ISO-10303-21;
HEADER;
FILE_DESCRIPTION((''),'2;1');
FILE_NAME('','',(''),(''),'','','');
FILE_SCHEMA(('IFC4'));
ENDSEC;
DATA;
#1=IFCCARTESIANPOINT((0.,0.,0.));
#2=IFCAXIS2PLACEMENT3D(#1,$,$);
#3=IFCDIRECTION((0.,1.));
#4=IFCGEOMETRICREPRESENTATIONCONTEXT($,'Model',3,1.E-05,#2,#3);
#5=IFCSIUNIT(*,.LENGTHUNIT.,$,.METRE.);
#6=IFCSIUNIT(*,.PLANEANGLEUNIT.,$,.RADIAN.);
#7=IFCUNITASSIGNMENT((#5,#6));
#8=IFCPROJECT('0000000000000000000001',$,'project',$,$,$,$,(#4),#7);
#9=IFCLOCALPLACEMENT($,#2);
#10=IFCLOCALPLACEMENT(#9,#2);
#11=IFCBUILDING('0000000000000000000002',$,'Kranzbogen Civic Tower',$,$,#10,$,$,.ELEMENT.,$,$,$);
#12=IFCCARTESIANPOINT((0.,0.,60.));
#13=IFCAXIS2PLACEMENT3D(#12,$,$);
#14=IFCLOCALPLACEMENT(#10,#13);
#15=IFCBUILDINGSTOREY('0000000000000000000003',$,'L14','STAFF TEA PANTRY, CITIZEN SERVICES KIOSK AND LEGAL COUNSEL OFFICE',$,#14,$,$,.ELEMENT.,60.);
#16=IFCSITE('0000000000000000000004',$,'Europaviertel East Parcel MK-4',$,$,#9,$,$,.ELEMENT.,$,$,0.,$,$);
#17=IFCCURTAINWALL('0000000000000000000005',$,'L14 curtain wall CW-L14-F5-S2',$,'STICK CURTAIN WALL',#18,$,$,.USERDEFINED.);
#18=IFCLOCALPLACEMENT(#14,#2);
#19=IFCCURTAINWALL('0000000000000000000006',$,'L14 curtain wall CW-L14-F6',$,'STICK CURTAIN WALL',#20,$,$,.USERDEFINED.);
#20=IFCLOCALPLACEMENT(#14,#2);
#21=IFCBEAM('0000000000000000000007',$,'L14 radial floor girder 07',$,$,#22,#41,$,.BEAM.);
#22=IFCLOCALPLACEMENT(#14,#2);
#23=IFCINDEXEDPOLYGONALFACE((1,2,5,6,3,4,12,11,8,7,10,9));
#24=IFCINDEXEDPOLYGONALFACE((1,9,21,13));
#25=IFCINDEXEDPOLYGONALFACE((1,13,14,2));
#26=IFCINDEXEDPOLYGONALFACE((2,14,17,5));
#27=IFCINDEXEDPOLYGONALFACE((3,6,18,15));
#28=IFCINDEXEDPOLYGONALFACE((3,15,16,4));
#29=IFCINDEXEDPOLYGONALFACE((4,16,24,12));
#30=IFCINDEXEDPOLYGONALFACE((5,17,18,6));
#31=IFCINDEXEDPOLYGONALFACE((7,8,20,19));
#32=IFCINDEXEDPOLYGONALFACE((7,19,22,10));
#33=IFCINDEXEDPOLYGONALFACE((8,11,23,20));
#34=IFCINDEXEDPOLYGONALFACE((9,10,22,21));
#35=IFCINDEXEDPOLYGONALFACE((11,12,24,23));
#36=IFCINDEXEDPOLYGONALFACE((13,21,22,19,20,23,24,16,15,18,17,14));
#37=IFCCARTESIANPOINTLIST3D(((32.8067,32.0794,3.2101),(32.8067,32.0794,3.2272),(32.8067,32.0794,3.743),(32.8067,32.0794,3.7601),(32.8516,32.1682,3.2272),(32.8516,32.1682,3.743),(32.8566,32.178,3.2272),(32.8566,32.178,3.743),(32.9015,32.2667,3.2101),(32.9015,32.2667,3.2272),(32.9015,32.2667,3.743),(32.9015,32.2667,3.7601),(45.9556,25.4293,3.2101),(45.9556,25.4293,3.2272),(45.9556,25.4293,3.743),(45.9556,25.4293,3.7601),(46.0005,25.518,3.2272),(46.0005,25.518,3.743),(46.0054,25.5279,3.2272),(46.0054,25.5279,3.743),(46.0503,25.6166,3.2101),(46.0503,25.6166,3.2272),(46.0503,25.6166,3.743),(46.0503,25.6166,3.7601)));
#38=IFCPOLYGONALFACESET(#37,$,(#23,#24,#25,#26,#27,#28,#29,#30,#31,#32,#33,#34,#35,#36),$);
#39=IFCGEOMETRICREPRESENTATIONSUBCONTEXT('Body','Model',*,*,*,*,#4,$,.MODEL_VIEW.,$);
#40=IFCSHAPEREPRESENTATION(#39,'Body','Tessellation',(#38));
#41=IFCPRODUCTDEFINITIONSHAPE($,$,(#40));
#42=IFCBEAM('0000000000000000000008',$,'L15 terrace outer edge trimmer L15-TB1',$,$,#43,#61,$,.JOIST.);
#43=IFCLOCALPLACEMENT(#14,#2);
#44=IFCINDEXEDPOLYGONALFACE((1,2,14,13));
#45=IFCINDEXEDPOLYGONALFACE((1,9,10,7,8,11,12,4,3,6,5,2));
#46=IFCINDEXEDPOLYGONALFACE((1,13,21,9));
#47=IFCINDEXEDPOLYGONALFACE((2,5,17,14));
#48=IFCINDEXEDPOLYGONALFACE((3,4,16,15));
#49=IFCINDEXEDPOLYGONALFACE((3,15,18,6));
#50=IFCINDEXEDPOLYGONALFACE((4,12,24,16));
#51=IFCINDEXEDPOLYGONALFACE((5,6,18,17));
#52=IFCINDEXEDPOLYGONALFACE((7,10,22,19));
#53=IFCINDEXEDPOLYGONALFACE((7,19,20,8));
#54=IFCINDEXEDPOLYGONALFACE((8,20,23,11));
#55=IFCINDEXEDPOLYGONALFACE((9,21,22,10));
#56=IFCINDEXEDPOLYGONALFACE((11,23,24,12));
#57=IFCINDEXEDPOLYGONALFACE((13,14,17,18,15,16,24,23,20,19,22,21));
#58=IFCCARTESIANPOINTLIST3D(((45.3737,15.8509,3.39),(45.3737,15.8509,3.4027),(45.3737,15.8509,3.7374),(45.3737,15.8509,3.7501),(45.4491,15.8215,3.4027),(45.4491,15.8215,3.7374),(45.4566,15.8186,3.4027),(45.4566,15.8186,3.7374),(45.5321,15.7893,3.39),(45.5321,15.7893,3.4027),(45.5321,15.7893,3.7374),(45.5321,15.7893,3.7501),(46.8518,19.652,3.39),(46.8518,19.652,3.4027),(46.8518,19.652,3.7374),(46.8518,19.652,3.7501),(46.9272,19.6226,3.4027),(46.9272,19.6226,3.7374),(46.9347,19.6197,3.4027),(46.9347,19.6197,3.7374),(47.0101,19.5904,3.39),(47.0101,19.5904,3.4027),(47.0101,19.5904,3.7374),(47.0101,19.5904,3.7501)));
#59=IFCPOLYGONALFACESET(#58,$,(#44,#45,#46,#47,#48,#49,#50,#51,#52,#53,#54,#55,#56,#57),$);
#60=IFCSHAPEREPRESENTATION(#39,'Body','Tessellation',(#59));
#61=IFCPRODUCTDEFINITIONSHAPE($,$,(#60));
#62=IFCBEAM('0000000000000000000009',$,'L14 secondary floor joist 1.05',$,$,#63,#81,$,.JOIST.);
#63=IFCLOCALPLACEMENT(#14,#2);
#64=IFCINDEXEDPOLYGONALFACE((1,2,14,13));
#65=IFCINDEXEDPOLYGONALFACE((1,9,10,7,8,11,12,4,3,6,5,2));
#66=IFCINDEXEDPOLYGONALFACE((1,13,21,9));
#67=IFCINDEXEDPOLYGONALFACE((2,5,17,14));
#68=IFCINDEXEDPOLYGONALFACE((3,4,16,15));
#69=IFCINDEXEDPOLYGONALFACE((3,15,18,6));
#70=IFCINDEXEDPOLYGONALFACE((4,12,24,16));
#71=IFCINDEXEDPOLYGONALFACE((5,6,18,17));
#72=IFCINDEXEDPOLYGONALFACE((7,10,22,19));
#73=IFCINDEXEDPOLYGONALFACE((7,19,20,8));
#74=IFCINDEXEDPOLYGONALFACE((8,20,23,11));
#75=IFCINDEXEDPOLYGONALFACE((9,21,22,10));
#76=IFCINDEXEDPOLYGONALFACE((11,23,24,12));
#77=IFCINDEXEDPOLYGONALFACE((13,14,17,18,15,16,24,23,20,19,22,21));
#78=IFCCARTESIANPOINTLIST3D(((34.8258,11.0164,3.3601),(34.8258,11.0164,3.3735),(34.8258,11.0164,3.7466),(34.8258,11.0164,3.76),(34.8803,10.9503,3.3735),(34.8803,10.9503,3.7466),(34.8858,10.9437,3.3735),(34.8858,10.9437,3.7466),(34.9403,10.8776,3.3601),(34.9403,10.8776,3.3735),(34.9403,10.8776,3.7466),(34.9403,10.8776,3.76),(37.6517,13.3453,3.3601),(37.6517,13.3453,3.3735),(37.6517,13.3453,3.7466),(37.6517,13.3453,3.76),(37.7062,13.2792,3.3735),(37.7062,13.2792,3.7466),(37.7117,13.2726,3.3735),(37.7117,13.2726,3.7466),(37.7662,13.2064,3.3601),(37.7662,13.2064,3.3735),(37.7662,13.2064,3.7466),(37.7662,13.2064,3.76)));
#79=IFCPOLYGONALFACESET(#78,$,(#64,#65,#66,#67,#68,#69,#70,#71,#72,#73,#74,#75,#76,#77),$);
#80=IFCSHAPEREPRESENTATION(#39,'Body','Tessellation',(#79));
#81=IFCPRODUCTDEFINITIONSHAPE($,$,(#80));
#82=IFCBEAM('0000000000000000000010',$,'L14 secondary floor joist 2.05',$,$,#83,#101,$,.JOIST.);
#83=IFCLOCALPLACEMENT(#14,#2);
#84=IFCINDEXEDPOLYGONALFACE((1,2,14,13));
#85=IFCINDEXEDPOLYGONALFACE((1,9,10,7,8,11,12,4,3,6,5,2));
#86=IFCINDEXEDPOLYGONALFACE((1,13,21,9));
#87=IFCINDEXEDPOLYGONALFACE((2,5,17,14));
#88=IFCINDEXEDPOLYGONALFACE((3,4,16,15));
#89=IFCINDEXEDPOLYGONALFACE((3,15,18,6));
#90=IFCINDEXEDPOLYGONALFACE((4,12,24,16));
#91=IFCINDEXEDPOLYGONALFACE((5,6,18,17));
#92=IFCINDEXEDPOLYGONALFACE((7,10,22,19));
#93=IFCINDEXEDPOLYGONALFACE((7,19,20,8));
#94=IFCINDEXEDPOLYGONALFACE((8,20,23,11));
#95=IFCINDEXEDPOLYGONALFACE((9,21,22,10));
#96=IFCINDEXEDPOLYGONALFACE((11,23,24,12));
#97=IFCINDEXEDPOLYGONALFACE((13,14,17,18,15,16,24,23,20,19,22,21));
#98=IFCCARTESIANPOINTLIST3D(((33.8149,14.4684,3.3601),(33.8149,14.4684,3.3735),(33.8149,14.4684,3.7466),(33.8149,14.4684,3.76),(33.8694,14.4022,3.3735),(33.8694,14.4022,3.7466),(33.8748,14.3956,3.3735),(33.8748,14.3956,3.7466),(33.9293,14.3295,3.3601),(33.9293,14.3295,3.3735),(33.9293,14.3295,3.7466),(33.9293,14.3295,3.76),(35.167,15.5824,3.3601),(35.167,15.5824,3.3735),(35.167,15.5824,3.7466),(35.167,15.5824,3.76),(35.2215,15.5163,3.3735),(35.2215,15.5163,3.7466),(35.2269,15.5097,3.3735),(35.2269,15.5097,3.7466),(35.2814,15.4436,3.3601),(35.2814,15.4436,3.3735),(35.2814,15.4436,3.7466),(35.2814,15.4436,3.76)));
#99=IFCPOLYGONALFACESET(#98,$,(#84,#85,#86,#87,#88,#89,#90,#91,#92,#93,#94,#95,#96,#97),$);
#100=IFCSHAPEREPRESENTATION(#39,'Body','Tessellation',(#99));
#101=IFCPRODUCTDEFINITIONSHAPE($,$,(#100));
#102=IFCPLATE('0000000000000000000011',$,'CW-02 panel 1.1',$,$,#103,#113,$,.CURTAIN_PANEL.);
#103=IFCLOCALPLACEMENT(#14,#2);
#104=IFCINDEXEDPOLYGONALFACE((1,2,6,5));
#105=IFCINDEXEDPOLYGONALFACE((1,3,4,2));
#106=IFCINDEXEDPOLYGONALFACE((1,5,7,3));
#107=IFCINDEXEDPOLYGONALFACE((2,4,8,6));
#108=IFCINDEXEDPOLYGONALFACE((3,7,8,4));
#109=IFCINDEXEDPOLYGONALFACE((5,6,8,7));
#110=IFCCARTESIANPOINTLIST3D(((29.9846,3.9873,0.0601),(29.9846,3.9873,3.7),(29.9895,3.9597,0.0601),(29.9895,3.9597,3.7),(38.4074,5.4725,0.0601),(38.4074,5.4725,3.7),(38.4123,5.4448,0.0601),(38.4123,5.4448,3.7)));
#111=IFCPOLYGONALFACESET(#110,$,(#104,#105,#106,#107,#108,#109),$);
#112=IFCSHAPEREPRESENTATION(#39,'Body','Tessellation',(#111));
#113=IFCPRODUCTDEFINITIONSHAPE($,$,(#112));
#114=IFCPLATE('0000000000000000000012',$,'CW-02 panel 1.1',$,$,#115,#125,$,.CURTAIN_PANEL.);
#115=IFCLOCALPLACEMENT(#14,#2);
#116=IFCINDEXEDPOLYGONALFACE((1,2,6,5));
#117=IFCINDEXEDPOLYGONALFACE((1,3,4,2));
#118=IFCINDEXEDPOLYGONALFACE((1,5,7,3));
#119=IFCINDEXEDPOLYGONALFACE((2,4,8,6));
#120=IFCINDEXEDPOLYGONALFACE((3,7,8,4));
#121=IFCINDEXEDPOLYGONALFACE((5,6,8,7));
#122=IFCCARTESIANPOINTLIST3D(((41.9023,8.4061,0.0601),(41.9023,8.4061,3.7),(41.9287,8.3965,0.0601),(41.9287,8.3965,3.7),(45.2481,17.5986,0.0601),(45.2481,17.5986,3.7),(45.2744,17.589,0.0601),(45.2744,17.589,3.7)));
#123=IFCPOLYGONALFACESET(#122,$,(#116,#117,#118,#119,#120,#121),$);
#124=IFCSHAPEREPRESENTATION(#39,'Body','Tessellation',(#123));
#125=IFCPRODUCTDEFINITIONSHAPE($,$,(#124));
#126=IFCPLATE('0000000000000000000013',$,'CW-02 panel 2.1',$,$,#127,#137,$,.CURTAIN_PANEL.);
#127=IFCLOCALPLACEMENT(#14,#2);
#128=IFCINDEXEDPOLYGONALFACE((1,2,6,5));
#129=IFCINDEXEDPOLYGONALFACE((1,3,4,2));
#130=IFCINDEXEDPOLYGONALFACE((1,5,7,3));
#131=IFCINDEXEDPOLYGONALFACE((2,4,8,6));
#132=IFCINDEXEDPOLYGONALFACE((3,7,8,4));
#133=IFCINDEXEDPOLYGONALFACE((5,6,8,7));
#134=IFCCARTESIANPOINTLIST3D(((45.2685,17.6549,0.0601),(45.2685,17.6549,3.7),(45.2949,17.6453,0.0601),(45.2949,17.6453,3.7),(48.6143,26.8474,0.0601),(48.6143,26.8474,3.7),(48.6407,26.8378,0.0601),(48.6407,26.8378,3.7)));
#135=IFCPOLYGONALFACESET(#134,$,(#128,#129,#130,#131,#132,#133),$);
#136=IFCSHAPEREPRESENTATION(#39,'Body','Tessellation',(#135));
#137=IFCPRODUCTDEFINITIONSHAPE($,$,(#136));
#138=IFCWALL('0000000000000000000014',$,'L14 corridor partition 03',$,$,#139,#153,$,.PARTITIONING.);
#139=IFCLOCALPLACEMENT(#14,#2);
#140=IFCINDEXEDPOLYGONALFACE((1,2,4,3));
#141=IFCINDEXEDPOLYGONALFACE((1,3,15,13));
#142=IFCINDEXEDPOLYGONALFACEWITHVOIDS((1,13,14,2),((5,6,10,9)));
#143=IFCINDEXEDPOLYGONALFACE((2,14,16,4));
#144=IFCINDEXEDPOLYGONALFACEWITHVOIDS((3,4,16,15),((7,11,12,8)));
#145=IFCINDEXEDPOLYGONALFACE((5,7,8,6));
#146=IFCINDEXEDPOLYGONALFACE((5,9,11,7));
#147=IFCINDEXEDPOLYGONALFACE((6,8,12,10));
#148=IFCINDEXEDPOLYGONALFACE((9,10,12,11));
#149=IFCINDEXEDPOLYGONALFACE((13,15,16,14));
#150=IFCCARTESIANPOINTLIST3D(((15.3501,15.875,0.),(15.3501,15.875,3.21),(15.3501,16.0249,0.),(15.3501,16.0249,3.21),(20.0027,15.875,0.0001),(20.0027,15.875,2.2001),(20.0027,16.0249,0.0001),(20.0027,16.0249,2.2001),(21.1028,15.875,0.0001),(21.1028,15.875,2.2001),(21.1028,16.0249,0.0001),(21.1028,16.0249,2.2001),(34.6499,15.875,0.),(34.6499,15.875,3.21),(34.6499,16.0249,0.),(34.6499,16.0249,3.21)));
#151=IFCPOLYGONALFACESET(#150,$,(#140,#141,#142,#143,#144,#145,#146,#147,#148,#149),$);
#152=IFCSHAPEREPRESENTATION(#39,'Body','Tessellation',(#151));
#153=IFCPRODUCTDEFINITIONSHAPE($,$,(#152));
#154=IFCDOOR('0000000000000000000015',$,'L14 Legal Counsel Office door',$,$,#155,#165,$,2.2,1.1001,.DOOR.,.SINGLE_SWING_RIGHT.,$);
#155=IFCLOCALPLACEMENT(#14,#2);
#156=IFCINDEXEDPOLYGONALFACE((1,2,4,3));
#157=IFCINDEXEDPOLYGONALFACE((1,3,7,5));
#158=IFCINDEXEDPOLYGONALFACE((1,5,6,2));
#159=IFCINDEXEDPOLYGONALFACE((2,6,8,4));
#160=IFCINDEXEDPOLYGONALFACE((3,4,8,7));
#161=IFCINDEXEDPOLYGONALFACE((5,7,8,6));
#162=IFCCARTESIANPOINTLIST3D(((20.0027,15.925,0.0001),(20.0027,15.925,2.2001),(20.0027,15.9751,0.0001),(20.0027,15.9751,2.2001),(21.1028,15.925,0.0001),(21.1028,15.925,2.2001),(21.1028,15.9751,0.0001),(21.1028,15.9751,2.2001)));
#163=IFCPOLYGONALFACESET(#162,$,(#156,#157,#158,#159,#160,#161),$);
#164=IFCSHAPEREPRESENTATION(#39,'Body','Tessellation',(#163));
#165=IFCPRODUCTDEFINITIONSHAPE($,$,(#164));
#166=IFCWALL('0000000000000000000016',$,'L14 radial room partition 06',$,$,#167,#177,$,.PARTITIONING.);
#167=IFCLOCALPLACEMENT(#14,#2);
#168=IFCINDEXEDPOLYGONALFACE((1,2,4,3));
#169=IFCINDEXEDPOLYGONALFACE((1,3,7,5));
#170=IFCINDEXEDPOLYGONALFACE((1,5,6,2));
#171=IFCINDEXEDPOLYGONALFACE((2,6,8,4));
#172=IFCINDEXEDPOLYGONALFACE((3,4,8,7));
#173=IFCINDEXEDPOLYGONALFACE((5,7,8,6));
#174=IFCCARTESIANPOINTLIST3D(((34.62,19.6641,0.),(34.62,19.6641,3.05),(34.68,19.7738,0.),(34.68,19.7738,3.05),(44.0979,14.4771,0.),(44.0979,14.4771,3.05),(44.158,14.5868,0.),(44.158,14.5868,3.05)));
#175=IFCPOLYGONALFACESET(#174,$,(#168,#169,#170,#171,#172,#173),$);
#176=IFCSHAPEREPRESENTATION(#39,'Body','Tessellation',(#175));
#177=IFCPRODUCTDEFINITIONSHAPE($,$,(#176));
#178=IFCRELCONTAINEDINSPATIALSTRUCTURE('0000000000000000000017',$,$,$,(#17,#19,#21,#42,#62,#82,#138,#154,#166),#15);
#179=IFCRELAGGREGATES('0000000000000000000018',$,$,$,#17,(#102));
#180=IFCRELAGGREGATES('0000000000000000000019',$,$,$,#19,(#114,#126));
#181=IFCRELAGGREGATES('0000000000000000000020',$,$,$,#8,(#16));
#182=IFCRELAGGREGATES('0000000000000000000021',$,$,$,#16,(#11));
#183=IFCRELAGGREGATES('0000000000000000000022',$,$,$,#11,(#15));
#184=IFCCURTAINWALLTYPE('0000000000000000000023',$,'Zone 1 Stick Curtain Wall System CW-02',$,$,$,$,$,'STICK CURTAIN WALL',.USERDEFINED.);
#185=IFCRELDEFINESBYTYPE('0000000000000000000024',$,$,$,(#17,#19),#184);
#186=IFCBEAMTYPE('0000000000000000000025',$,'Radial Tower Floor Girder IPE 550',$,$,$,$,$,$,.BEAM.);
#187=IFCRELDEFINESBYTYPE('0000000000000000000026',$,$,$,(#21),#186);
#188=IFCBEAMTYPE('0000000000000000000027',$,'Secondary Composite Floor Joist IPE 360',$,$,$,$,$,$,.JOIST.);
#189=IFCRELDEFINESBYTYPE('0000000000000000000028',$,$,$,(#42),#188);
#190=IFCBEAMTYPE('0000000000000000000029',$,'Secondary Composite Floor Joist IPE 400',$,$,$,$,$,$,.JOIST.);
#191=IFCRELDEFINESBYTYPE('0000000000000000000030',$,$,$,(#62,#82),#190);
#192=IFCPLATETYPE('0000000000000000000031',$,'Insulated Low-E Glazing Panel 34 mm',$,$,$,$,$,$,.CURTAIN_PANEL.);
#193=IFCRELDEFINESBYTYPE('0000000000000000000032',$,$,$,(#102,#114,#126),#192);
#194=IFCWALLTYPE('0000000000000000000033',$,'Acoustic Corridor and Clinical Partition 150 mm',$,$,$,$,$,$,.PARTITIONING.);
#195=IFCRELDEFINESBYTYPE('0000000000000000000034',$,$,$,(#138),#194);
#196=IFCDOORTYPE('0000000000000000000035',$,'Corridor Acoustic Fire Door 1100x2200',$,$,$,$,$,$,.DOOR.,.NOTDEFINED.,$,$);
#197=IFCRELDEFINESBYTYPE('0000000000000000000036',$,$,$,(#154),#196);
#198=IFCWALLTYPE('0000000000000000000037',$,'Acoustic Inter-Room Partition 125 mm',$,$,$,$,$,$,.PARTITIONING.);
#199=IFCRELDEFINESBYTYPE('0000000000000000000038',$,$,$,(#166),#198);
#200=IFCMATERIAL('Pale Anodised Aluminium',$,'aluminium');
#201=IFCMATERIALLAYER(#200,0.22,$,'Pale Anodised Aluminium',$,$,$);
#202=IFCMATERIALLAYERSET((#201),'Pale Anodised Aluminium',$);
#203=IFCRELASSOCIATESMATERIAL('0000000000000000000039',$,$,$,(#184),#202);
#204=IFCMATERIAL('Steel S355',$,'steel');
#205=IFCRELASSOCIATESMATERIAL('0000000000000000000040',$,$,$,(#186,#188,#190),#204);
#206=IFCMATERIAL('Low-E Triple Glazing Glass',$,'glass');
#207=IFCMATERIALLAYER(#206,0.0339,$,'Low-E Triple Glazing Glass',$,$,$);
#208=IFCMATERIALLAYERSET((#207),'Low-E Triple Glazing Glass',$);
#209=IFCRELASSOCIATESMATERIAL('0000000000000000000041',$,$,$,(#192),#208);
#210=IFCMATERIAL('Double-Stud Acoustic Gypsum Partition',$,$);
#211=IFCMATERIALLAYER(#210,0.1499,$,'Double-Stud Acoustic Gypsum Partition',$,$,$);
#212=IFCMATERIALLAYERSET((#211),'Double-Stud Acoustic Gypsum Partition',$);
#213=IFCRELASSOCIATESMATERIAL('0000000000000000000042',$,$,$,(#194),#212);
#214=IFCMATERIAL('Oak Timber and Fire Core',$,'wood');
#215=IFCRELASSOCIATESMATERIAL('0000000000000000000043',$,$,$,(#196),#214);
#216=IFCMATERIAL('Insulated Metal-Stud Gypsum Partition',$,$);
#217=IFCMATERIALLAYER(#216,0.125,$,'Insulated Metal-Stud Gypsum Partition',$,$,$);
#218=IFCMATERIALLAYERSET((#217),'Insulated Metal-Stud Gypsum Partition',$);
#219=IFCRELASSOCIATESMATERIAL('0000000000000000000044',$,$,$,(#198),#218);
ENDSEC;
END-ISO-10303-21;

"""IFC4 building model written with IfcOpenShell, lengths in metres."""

from ifc_helpers import new_model, si_unit, direction, frame, frame_2d, origin, origin_2d, place, context, subcontext, project, spatial, rectangle, i_section, extrude, material, layer, layer_set, material_profile, profile_set, type_object, element, fill, aggregate, save


model = new_model("IFC4")

# Units and contexts
model_context = context("Model", 3, precision=1e-05, world=origin(), true_north=direction((0.0, 1.0)))
body_context = subcontext(model_context, "Body", "Model", "MODEL_VIEW")
ifc_project = project(units=[si_unit("LENGTHUNIT", "METRE"), si_unit("PLANEANGLEUNIT", "RADIAN")], contexts=[model_context])

# Site, building, storey
site_placement = place(None, origin())
site = spatial("IfcSite", under=ifc_project, at=site_placement, Name="Europaviertel East Parcel MK-4", CompositionType="ELEMENT", RefElevation=0.0)
building_placement = place(site_placement, origin())
building = spatial("IfcBuilding", under=site, at=building_placement, Name="Kranzbogen Civic Tower", CompositionType="ELEMENT")
storey_placement = place(building_placement, frame((0.0, 0.0, 60.0)))
storey = spatial("IfcBuildingStorey", under=building, at=storey_placement, Name="L14", Description="STAFF TEA PANTRY, CITIZEN SERVICES KIOSK AND LEGAL COUNSEL OFFICE", CompositionType="ELEMENT", Elevation=60.0)

# Shared definitions
ifc_material_1 = material(Name="Steel S355", Category="steel")

# Curtain wall
ifc_material_2 = material(Name="Pale Anodised Aluminium", Category="aluminium")
ifc_layer_1 = layer(ifc_material_2, 0.22, Name="Pale Anodised Aluminium")
ifc_layer_set_1 = layer_set([ifc_layer_1], Name="Pale Anodised Aluminium")
curtain_wall_type = type_object("IfcCurtainWallType", Name="Zone 1 Stick Curtain Wall System CW-02", ElementType="STICK CURTAIN WALL", PredefinedType="USERDEFINED", material=ifc_layer_set_1)
curtain_wall_1_placement = place(storey_placement, origin())
curtain_wall_1 = element("IfcCurtainWall", 1, at=curtain_wall_1_placement, inside=storey, type_object=curtain_wall_type, Name="L14 curtain wall CW-L14-F5-S2", ObjectType="STICK CURTAIN WALL", PredefinedType="USERDEFINED")

# Curtain wall
curtain_wall_2_placement = place(storey_placement, origin())
curtain_wall_2 = element("IfcCurtainWall", 2, at=curtain_wall_2_placement, inside=storey, type_object=curtain_wall_type, Name="L14 curtain wall CW-L14-F6", ObjectType="STICK CURTAIN WALL", PredefinedType="USERDEFINED")

# Beams
ifc_material_profile_1 = material_profile(ifc_material_1, i_section(OverallWidth=0.21, OverallDepth=0.55, WebThickness=0.011, FlangeThickness=0.0171, at=origin_2d()), Name="IPE 550")
ifc_profile_set_1 = profile_set([ifc_material_profile_1], Name="Steel S355")
beam_type_1 = type_object("IfcBeamType", Name="Radial Tower Floor Girder IPE 550", PredefinedType="BEAM", material=ifc_profile_set_1)
beam_1_placement = place(storey_placement, frame((46.0029, 25.5229, 3.4851), z_axis=(-0.892363, 0.451318, 0.0), x_axis=(-0.451318, -0.892363, 0.0)))
element("IfcBeam", 3, at=beam_1_placement, inside=storey, type_object=beam_type_1, Name="L14 radial floor girder 07", PredefinedType="BEAM", context=body_context, shape_type="SweptSolid", body=[
    extrude(i_section(OverallWidth=0.21, OverallDepth=0.55, WebThickness=0.011, FlangeThickness=0.0171, at=origin_2d()), origin(), (0.0, 0.0, 1.0), 14.7349),
])
ifc_material_profile_2 = material_profile(ifc_material_1, i_section(OverallWidth=0.1699, OverallDepth=0.3601, WebThickness=0.0081, FlangeThickness=0.0127, at=origin_2d()), Name="IPE 360")
ifc_profile_set_2 = profile_set([ifc_material_profile_2], Name="Steel S355")
beam_type_2 = type_object("IfcBeamType", Name="Secondary Composite Floor Joist IPE 360", PredefinedType="JOIST", material=ifc_profile_set_2)
beam_2_placement = place(storey_placement, frame((45.4529, 15.8201, 3.5701), z_axis=(0.362414, 0.932017, 0.0), x_axis=(-0.932017, 0.362414, 0.0)))
element("IfcBeam", 4, at=beam_2_placement, inside=storey, type_object=beam_type_2, Name="L15 terrace outer edge trimmer L15-TB1", PredefinedType="JOIST", context=body_context, shape_type="SweptSolid", body=[
    extrude(i_section(OverallWidth=0.1699, OverallDepth=0.3601, WebThickness=0.0081, FlangeThickness=0.0127, at=origin_2d()), origin(), (0.0, 0.0, 1.0), 4.0784),
])
ifc_material_profile_3 = material_profile(ifc_material_1, i_section(OverallWidth=0.1799, OverallDepth=0.3999, WebThickness=0.0085, FlangeThickness=0.0134, at=origin_2d()), Name="IPE 400")
ifc_profile_set_3 = profile_set([ifc_material_profile_3], Name="Steel S355")
beam_type_3 = type_object("IfcBeamType", Name="Secondary Composite Floor Joist IPE 400", PredefinedType="JOIST", material=ifc_profile_set_3)
beam_3_placement = place(storey_placement, frame((34.8831, 10.947, 3.5601), z_axis=(0.771713, 0.635971, 0.0), x_axis=(-0.635971, 0.771713, 0.0)))
element("IfcBeam", 5, at=beam_3_placement, inside=storey, type_object=beam_type_3, Name="L14 secondary floor joist 1.05", PredefinedType="JOIST", context=body_context, shape_type="SweptSolid", body=[
    extrude(i_section(OverallWidth=0.1799, OverallDepth=0.3999, WebThickness=0.0085, FlangeThickness=0.0134, at=origin_2d()), origin(), (0.0, 0.0, 1.0), 3.6619),
])
beam_4_placement = place(storey_placement, frame((33.8721, 14.3989, 3.5601), z_axis=(0.771773, 0.635898, 0.0), x_axis=(-0.635898, 0.771773, 0.0)))
element("IfcBeam", 6, at=beam_4_placement, inside=storey, type_object=beam_type_3, Name="L14 secondary floor joist 2.05", PredefinedType="JOIST", context=body_context, shape_type="SweptSolid", body=[
    extrude(i_section(OverallWidth=0.1799, OverallDepth=0.3999, WebThickness=0.0085, FlangeThickness=0.0134, at=origin_2d()), origin(), (0.0, 0.0, 1.0), 1.752),
])

# Plates
ifc_material_3 = material(Name="Low-E Triple Glazing Glass", Category="glass")
ifc_layer_2 = layer(ifc_material_3, 0.0339, Name="Low-E Triple Glazing Glass")
ifc_layer_set_2 = layer_set([ifc_layer_2], Name="Low-E Triple Glazing Glass")
plate_type = type_object("IfcPlateType", Name="Insulated Low-E Glazing Panel 34 mm", PredefinedType="CURTAIN_PANEL", material=ifc_layer_set_2)
plate_1_placement = place(storey_placement, frame((34.1985, 4.7161, 0.0601), z_axis=(0.0, 0.0, 1.0), x_axis=(0.984808, 0.173647, 0.0)))
plate_1 = element("IfcPlate", 7, at=plate_1_placement, type_object=plate_type, Name="CW-02 panel 1.1", PredefinedType="CURTAIN_PANEL", context=body_context, shape_type="SweptSolid", body=[
    extrude(rectangle(XDim=8.5527, YDim=0.0281, at=origin_2d()), origin(), (0.0, 0.0, 1.0), 3.6399),
])
aggregate(curtain_wall_1, [plate_1])
plate_2_placement = place(storey_placement, frame((43.5884, 12.9976, 0.0601), z_axis=(0.0, 0.0, 1.0), x_axis=(0.342016, 0.939694, 0.0)))
plate_2 = element("IfcPlate", 8, at=plate_2_placement, type_object=plate_type, Name="CW-02 panel 1.1", PredefinedType="CURTAIN_PANEL", context=body_context, shape_type="SweptSolid", body=[
    extrude(rectangle(XDim=9.7825, YDim=0.0281, at=origin_2d()), origin(), (0.0, 0.0, 1.0), 3.6399),
])
plate_3_placement = place(storey_placement, frame((46.9546, 22.2463, 0.0601), z_axis=(0.0, 0.0, 1.0), x_axis=(0.342016, 0.939694, 0.0)))
plate_3 = element("IfcPlate", 9, at=plate_3_placement, type_object=plate_type, Name="CW-02 panel 2.1", PredefinedType="CURTAIN_PANEL", context=body_context, shape_type="SweptSolid", body=[
    extrude(rectangle(XDim=9.7825, YDim=0.0281, at=origin_2d()), origin(), (0.0, 0.0, 1.0), 3.6399),
])
aggregate(curtain_wall_2, [plate_2, plate_3])

# Wall, opening, door
ifc_material_4 = material(Name="Double-Stud Acoustic Gypsum Partition")
ifc_layer_3 = layer(ifc_material_4, 0.1499, Name="Double-Stud Acoustic Gypsum Partition")
ifc_layer_set_3 = layer_set([ifc_layer_3], Name="Double-Stud Acoustic Gypsum Partition")
wall_type_1 = type_object("IfcWallType", Name="Acoustic Corridor and Clinical Partition 150 mm", PredefinedType="PARTITIONING", material=ifc_layer_set_3)
wall_1_placement = place(storey_placement, frame((34.6499, 15.95, 0.0), z_axis=(0.0, 0.0, 1.0), x_axis=(-1.0, 0.0, 0.0)))
wall_1 = element("IfcWall", 10, at=wall_1_placement, inside=storey, type_object=wall_type_1, Name="L14 corridor partition 03", PredefinedType="PARTITIONING", context=body_context, shape_type="SweptSolid", body=[
    extrude(rectangle(XDim=19.2998, YDim=0.1499, at=frame_2d((9.6499, 0.0))), origin(), (0.0, 0.0, 1.0), 3.21),
])
opening_placement = place(wall_1_placement, frame((13.5471, 0.0, 0.0)))
opening = element("IfcOpeningElement", 11, at=opening_placement, cuts=wall_1, PredefinedType="OPENING", context=body_context, shape_type="SweptSolid", body=[
    extrude(rectangle(XDim=1.1001, YDim=2.2, at=frame_2d((0.55, 1.1001))), frame((0.0, 0.085, 0.0), z_axis=(0.0, -1.0, 0.0), x_axis=(1.0, 0.0, 0.0)), (0.0, 0.0, 1.0), 0.1699),
])
ifc_material_5 = material(Name="Oak Timber and Fire Core", Category="wood")
door_type = type_object("IfcDoorType", Name="Corridor Acoustic Fire Door 1100x2200", OperationType="NOTDEFINED", PredefinedType="DOOR", material=ifc_material_5)
door_placement = place(opening_placement, origin())
door = element("IfcDoor", 12, at=door_placement, inside=storey, type_object=door_type, Name="L14 Legal Counsel Office door", OperationType="SINGLE_SWING_RIGHT", OverallHeight=2.2, OverallWidth=1.1001, PredefinedType="DOOR", context=body_context, shape_type="SweptSolid", body=[
    extrude(rectangle(XDim=1.1001, YDim=2.2, at=frame_2d((0.55, 1.1001))), frame((0.0, 0.0249, 0.0), z_axis=(0.0, -1.0, 0.0), x_axis=(1.0, 0.0, 0.0)), (0.0, 0.0, 1.0), 0.05),
])
fill(opening, door)

# Wall
ifc_material_6 = material(Name="Insulated Metal-Stud Gypsum Partition")
ifc_layer_4 = layer(ifc_material_6, 0.125, Name="Insulated Metal-Stud Gypsum Partition")
ifc_layer_set_4 = layer_set([ifc_layer_4], Name="Insulated Metal-Stud Gypsum Partition")
wall_type_2 = type_object("IfcWallType", Name="Acoustic Inter-Room Partition 125 mm", PredefinedType="PARTITIONING", material=ifc_layer_set_4)
wall_2_placement = place(storey_placement, frame((34.6499, 19.719, 0.0), z_axis=(0.0, 0.0, 1.0), x_axis=(0.877226, -0.480077, 0.0)))
element("IfcWall", 13, at=wall_2_placement, inside=storey, type_object=wall_type_2, Name="L14 radial room partition 06", PredefinedType="PARTITIONING", context=body_context, shape_type="SweptSolid", body=[
    extrude(rectangle(XDim=10.8044, YDim=0.125, at=frame_2d((5.4023, 0.0))), origin(), (0.0, 0.0, 1.0), 3.05),
])

save(model, "model.ifc")
